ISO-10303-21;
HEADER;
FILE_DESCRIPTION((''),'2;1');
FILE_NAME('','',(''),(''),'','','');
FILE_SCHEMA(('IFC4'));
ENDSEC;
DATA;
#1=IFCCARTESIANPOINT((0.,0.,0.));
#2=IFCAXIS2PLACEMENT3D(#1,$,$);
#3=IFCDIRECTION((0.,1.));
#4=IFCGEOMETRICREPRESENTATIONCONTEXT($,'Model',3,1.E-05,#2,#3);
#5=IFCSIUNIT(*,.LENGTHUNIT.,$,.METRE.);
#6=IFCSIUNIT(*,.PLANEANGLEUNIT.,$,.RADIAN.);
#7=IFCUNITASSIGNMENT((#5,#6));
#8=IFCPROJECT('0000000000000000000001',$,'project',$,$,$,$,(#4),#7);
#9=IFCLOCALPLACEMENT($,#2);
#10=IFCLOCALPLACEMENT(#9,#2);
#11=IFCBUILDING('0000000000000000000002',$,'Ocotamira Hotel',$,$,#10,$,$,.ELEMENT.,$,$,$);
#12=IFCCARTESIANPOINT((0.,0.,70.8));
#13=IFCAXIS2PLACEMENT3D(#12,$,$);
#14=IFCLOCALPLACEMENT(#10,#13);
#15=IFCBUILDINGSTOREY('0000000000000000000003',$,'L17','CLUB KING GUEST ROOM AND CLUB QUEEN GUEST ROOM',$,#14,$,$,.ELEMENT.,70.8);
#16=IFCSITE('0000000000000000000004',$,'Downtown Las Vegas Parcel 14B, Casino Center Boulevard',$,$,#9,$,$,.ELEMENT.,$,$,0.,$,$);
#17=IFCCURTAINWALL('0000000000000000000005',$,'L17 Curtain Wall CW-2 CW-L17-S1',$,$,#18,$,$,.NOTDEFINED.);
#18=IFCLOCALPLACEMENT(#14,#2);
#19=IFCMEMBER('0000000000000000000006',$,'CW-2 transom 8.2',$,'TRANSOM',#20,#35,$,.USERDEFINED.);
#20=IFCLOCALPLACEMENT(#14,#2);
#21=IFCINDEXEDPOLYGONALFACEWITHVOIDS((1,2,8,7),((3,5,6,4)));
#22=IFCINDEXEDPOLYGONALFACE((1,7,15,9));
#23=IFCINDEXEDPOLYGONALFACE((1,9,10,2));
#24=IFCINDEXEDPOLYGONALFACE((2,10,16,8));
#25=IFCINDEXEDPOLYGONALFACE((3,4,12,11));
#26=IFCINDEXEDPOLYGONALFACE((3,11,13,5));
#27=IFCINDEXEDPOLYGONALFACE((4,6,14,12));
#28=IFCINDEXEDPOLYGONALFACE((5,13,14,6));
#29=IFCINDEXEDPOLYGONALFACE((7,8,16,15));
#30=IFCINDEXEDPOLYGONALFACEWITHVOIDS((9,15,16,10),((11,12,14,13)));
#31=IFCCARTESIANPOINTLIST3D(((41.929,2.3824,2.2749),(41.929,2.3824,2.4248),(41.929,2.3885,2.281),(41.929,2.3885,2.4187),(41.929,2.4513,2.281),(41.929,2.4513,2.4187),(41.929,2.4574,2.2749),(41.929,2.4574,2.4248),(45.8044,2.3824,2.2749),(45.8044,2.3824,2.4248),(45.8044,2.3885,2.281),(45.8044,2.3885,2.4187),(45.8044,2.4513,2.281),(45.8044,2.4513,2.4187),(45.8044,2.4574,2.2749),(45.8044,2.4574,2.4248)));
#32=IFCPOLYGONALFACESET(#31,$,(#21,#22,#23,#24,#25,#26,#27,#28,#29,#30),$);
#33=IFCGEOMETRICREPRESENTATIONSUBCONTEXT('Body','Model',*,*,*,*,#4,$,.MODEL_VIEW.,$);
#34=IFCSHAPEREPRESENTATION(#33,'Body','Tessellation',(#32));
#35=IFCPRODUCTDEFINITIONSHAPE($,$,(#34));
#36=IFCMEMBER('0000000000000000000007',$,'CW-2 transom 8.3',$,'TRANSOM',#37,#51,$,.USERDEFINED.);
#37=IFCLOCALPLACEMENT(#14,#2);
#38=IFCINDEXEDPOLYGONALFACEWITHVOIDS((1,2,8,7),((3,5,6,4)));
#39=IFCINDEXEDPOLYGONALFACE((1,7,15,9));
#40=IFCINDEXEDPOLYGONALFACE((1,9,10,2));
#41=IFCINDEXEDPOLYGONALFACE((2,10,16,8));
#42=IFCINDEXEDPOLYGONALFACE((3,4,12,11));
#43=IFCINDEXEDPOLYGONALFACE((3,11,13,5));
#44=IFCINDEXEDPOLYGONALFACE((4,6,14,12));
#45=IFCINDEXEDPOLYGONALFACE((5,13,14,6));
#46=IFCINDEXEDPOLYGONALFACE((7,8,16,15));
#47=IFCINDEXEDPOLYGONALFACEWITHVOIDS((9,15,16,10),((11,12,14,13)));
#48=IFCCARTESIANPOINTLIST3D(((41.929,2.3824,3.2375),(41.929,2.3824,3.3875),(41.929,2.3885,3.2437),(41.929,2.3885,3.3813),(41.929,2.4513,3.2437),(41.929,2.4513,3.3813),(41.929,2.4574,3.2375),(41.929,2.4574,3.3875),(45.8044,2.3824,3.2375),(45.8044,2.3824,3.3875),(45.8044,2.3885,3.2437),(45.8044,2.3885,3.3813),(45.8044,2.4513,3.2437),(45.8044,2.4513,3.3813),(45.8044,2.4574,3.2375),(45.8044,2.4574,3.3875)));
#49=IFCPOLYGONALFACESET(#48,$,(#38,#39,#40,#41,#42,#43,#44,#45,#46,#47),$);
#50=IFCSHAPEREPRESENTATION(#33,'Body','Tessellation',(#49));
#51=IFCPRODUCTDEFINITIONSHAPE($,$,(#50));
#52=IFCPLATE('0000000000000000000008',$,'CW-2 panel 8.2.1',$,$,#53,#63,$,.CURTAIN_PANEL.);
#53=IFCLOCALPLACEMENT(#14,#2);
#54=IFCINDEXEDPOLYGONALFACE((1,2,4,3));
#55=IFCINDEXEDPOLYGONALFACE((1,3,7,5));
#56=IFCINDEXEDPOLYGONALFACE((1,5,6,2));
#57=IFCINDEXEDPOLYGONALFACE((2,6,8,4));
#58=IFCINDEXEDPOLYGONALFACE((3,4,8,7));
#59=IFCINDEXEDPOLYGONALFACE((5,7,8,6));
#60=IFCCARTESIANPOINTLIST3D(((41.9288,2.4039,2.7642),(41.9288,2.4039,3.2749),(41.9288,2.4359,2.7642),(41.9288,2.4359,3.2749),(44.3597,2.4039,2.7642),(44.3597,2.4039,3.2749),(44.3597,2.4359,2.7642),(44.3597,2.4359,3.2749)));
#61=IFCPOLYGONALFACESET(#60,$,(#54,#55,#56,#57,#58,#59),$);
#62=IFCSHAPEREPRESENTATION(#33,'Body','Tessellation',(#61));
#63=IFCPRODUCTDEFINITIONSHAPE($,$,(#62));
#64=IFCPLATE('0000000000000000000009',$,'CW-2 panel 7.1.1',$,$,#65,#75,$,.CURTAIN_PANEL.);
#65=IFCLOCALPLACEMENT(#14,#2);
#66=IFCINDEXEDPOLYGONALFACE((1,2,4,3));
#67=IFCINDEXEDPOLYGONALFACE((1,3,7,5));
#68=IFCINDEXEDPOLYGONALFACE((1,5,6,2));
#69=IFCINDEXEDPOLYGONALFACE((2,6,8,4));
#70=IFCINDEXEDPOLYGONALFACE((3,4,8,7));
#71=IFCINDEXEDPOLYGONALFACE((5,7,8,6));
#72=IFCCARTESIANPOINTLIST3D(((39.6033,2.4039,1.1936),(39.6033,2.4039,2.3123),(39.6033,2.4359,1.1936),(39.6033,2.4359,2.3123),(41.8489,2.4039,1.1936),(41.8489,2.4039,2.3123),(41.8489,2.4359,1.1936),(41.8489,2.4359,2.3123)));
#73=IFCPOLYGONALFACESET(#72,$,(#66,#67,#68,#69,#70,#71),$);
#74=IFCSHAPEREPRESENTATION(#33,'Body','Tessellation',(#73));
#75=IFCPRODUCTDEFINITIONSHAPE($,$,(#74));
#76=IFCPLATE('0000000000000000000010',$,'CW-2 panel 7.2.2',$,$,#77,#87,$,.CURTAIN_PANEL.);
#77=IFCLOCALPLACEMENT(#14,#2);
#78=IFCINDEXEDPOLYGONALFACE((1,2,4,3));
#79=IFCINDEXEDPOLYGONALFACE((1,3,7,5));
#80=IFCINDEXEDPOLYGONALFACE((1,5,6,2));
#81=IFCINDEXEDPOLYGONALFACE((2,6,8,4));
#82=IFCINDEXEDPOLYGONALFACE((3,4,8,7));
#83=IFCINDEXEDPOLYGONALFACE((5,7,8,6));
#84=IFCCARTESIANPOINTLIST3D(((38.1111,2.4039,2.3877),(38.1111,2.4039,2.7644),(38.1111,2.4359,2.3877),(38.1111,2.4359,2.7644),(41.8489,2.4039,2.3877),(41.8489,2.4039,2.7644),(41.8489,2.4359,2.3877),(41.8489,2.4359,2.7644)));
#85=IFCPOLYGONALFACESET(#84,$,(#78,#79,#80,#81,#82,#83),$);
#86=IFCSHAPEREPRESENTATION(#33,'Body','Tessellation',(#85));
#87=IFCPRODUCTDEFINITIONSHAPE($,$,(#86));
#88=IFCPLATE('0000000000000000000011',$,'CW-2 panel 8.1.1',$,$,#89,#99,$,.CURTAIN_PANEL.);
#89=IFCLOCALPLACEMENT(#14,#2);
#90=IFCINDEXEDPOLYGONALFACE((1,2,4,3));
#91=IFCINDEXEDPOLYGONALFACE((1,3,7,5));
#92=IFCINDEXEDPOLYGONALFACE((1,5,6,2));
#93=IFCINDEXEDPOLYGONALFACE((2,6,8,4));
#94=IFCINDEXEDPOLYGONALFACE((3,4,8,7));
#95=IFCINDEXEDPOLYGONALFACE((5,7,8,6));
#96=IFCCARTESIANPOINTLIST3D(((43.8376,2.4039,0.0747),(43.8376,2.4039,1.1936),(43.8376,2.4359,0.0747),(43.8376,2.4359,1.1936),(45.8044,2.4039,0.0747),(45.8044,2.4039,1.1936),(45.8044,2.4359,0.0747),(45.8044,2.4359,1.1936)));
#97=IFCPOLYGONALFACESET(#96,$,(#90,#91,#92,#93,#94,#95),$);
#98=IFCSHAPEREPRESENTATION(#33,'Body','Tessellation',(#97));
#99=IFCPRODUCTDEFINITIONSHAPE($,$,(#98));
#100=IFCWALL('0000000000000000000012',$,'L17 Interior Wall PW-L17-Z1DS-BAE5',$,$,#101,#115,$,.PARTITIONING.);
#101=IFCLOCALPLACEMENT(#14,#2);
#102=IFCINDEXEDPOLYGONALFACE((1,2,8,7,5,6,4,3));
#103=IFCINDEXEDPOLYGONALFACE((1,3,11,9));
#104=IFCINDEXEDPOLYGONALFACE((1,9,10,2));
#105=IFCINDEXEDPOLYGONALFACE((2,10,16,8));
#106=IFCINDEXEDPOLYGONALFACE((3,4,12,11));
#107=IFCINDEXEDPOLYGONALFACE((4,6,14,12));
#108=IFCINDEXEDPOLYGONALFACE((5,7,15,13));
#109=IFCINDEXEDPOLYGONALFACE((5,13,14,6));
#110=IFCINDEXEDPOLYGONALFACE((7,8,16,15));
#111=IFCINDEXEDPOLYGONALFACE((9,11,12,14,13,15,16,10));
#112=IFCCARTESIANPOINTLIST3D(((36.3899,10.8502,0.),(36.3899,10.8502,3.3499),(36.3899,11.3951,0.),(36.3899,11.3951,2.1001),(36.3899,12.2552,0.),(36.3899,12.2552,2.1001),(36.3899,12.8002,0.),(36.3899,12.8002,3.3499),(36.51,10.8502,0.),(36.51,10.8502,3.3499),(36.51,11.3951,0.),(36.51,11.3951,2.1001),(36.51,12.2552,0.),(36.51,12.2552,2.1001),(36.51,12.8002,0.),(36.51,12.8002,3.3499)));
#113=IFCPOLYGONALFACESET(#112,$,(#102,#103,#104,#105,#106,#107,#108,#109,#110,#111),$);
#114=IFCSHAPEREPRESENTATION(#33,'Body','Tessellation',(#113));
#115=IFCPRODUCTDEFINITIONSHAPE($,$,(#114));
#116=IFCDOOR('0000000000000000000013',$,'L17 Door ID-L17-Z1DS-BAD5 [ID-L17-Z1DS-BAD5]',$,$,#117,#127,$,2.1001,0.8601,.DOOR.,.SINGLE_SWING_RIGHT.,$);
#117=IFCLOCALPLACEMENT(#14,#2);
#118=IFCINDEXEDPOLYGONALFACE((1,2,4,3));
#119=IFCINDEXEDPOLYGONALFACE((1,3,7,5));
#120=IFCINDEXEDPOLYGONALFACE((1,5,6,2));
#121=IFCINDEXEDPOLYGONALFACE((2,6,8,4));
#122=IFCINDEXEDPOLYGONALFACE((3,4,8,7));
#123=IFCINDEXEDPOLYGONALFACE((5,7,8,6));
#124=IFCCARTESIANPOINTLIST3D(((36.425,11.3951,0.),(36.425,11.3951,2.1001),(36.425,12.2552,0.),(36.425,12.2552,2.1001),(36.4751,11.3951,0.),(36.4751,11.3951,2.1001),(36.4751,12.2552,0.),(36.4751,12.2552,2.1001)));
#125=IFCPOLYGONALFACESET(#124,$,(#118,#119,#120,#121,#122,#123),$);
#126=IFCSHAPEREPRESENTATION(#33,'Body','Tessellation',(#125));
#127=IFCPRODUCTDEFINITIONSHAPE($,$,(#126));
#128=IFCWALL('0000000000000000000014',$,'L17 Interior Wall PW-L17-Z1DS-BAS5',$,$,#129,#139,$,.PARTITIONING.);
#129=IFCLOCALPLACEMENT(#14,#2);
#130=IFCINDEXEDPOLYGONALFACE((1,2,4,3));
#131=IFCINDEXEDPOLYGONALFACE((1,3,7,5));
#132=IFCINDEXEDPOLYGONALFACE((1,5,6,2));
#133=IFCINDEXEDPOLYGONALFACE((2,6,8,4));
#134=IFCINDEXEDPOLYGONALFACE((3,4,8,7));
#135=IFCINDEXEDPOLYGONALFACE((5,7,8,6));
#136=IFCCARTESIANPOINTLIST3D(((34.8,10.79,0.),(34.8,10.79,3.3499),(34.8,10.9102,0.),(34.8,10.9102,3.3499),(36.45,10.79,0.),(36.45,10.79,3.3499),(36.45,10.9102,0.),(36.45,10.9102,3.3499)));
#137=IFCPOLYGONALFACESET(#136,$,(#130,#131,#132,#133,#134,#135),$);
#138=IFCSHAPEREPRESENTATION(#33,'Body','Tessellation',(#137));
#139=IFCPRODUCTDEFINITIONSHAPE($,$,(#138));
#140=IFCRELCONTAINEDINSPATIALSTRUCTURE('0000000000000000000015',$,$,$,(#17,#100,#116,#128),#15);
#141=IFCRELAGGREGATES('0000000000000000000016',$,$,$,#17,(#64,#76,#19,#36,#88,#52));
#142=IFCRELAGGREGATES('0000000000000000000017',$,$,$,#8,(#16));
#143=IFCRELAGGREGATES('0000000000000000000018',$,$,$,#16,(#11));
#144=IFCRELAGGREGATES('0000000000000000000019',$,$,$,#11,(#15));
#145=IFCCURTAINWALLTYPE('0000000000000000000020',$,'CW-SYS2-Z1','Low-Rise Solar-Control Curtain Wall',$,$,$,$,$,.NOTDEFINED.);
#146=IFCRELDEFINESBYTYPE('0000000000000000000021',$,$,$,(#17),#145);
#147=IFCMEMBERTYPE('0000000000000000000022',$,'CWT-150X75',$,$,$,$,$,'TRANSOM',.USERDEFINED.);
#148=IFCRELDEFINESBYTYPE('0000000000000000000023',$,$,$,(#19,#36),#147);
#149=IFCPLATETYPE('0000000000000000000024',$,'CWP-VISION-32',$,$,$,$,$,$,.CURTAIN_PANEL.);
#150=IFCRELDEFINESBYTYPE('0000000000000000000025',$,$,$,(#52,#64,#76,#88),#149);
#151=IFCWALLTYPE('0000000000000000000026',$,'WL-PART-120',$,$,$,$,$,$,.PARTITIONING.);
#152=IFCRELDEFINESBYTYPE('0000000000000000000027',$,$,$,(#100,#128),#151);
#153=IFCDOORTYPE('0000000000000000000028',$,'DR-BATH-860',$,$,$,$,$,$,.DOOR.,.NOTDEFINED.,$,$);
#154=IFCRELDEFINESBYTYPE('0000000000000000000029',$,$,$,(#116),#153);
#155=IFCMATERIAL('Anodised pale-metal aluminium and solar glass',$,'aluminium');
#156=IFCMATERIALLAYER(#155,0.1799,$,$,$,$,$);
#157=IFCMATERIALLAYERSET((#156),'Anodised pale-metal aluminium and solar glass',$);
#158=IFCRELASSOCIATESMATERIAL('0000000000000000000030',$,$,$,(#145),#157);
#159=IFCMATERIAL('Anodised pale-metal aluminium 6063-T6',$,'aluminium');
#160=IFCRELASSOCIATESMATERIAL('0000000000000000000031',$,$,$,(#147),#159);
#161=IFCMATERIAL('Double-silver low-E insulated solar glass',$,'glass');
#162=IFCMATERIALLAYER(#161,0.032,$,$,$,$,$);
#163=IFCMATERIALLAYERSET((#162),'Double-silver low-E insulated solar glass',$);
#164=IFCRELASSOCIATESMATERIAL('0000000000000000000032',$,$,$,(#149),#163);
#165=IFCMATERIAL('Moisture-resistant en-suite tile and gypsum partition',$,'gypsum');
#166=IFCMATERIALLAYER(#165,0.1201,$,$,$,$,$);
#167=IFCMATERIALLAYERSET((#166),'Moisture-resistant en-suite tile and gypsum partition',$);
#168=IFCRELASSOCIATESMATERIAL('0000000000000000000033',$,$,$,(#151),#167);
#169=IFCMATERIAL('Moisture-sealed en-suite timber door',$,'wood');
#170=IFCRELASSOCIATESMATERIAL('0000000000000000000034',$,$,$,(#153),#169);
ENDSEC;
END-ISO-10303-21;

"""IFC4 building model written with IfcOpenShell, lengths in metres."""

from ifc_helpers import new_model, si_unit, direction, frame, frame_2d, origin, origin_2d, place, context, subcontext, project, spatial, rectangle, hollow_rectangle, extrude, source, transform, mapped, material, layer, layer_set, material_profile, profile_set, type_object, element, fill, aggregate, save


model = new_model("IFC4")

# Units and contexts
model_context = context("Model", 3, precision=1e-05, world=origin(), true_north=direction((0.0, 1.0)))
body_context = subcontext(model_context, "Body", "Model", "MODEL_VIEW")
ifc_project = project(units=[si_unit("LENGTHUNIT", "METRE"), si_unit("PLANEANGLEUNIT", "RADIAN")], contexts=[model_context])

# Site, building, storey
site_placement = place(None, origin())
site = spatial("IfcSite", under=ifc_project, at=site_placement, Name="Downtown Las Vegas Parcel 14B, Casino Center Boulevard", CompositionType="ELEMENT", RefElevation=0.0)
building_placement = place(site_placement, origin())
building = spatial("IfcBuilding", under=site, at=building_placement, Name="Ocotamira Hotel", CompositionType="ELEMENT")
storey_placement = place(building_placement, frame((0.0, 0.0, 70.8)))
storey = spatial("IfcBuildingStorey", under=building, at=storey_placement, Name="L17", Description="CLUB KING GUEST ROOM AND CLUB QUEEN GUEST ROOM", CompositionType="ELEMENT", Elevation=70.8)

# Curtain wall, members, plates
ifc_material_1 = material(Name="Anodised pale-metal aluminium and solar glass", Category="aluminium")
ifc_layer_1 = layer(ifc_material_1, 0.1799)
ifc_layer_set_1 = layer_set([ifc_layer_1], Name="Anodised pale-metal aluminium and solar glass")
curtain_wall_type = type_object("IfcCurtainWallType", Name="CW-SYS2-Z1", Description="Low-Rise Solar-Control Curtain Wall", PredefinedType="NOTDEFINED", material=ifc_layer_set_1)
curtain_wall_placement = place(storey_placement, origin())
curtain_wall = element("IfcCurtainWall", 1, at=curtain_wall_placement, inside=storey, type_object=curtain_wall_type, Name="L17 Curtain Wall CW-2 CW-L17-S1", PredefinedType="NOTDEFINED")
ifc_material_2 = material(Name="Anodised pale-metal aluminium 6063-T6", Category="aluminium")
ifc_material_profile_1 = material_profile(ifc_material_2, hollow_rectangle(XDim=0.075, YDim=0.1499, WallThickness=0.0061, at=origin_2d()), Name="HSS150X75X6")
ifc_profile_set_1 = profile_set([ifc_material_profile_1], Name="Anodised pale-metal aluminium 6063-T6")
member_type_1 = type_object("IfcMemberType", Name="CWT-150X75", ElementType="TRANSOM", PredefinedType="USERDEFINED", material=ifc_profile_set_1)
shared_shape_1 = source(origin(), body_context, "Body", "SweptSolid", [
    extrude(hollow_rectangle(XDim=0.075, YDim=0.1499, WallThickness=0.0061, at=origin_2d()), origin(), (0.0, 0.0, 1.0), 3.8755),
])
member_1_placement = place(storey_placement, frame((41.929, 2.4199, 2.3499), z_axis=(1.0, 0.0, 0.0), x_axis=(0.0, 1.0, 0.0)))
member_1 = element("IfcMember", 2, at=member_1_placement, type_object=member_type_1, Name="CW-2 transom 8.2", ObjectType="TRANSOM", PredefinedType="USERDEFINED", context=body_context, shape_type="MappedRepresentation", body=[
    mapped(shared_shape_1, transform((0.0, 0.0, 0.0), scale=1.0)),
])
member_2_placement = place(storey_placement, frame((41.929, 2.4199, 3.3125), z_axis=(1.0, 0.0, 0.0), x_axis=(0.0, 1.0, 0.0)))
member_2 = element("IfcMember", 3, at=member_2_placement, type_object=member_type_1, Name="CW-2 transom 8.3", ObjectType="TRANSOM", PredefinedType="USERDEFINED", context=body_context, shape_type="MappedRepresentation", body=[
    mapped(shared_shape_1, transform((0.0, 0.0, 0.0), scale=1.0)),
])
ifc_material_3 = material(Name="Double-silver low-E insulated solar glass", Category="glass")
ifc_layer_2 = layer(ifc_material_3, 0.032)
ifc_layer_set_2 = layer_set([ifc_layer_2], Name="Double-silver low-E insulated solar glass")
plate_type = type_object("IfcPlateType", Name="CWP-VISION-32", PredefinedType="CURTAIN_PANEL", material=ifc_layer_set_2)
shared_shape_2 = source(origin(), body_context, "Body", "SweptSolid", [
    extrude(rectangle(XDim=2.4309, YDim=0.032, at=origin_2d()), origin(), (0.0, 0.0, 1.0), 0.5107),
])
plate_1_placement = place(storey_placement, frame((43.1443, 2.4199, 2.7642), z_axis=(0.0, 0.0, 1.0), x_axis=(1.0, 0.0, 0.0)))
plate_1 = element("IfcPlate", 4, at=plate_1_placement, type_object=plate_type, Name="CW-2 panel 8.2.1", PredefinedType="CURTAIN_PANEL", context=body_context, shape_type="MappedRepresentation", body=[
    mapped(shared_shape_2, transform((0.0, 0.0, 0.0), scale=1.0)),
])
shared_shape_3 = source(origin(), body_context, "Body", "SweptSolid", [
    extrude(rectangle(XDim=2.2456, YDim=0.032, at=origin_2d()), origin(), (0.0, 0.0, 1.0), 1.1187),
])
plate_2_placement = place(storey_placement, frame((40.7261, 2.4199, 1.1936), z_axis=(0.0, 0.0, 1.0), x_axis=(1.0, 0.0, 0.0)))
plate_2 = element("IfcPlate", 5, at=plate_2_placement, type_object=plate_type, Name="CW-2 panel 7.1.1", PredefinedType="CURTAIN_PANEL", context=body_context, shape_type="MappedRepresentation", body=[
    mapped(shared_shape_3, transform((0.0, 0.0, 0.0), scale=1.0)),
])
shared_shape_4 = source(origin(), body_context, "Body", "SweptSolid", [
    extrude(rectangle(XDim=3.7378, YDim=0.032, at=origin_2d()), origin(), (0.0, 0.0, 1.0), 0.3767),
])
plate_3_placement = place(storey_placement, frame((39.98, 2.4199, 2.3877), z_axis=(0.0, 0.0, 1.0), x_axis=(1.0, 0.0, 0.0)))
plate_3 = element("IfcPlate", 6, at=plate_3_placement, type_object=plate_type, Name="CW-2 panel 7.2.2", PredefinedType="CURTAIN_PANEL", context=body_context, shape_type="MappedRepresentation", body=[
    mapped(shared_shape_4, transform((0.0, 0.0, 0.0), scale=1.0)),
])
shared_shape_5 = source(origin(), body_context, "Body", "SweptSolid", [
    extrude(rectangle(XDim=1.9668, YDim=0.032, at=origin_2d()), origin(), (0.0, 0.0, 1.0), 1.1189),
])
plate_4_placement = place(storey_placement, frame((44.821, 2.4199, 0.0747), z_axis=(0.0, 0.0, 1.0), x_axis=(1.0, 0.0, 0.0)))
plate_4 = element("IfcPlate", 7, at=plate_4_placement, type_object=plate_type, Name="CW-2 panel 8.1.1", PredefinedType="CURTAIN_PANEL", context=body_context, shape_type="MappedRepresentation", body=[
    mapped(shared_shape_5, transform((0.0, 0.0, 0.0), scale=1.0)),
])
aggregate(curtain_wall, [plate_2, plate_3, member_1, member_2, plate_4, plate_1])

# Wall, opening, door
ifc_material_4 = material(Name="Moisture-resistant en-suite tile and gypsum partition", Category="gypsum")
ifc_layer_3 = layer(ifc_material_4, 0.1201)
ifc_layer_set_3 = layer_set([ifc_layer_3], Name="Moisture-resistant en-suite tile and gypsum partition")
wall_type = type_object("IfcWallType", Name="WL-PART-120", PredefinedType="PARTITIONING", material=ifc_layer_set_3)
wall_1_placement = place(storey_placement, frame((36.45, 10.8501, 0.0), z_axis=(0.0, 0.0, 1.0), x_axis=(0.0, 1.0, 0.0)))
wall_1 = element("IfcWall", 8, at=wall_1_placement, inside=storey, type_object=wall_type, Name="L17 Interior Wall PW-L17-Z1DS-BAE5", PredefinedType="PARTITIONING", context=body_context, shape_type="SweptSolid", body=[
    extrude(rectangle(XDim=1.95, YDim=0.1201, at=frame_2d((0.9751, 0.0))), origin(), (0.0, 0.0, 1.0), 3.3499),
])
opening_placement = place(wall_1_placement, frame((0.5449, 0.0, 0.0)))
opening = element("IfcOpeningElement", 9, at=opening_placement, cuts=wall_1, PredefinedType="OPENING", context=body_context, shape_type="SweptSolid", body=[
    extrude(rectangle(XDim=0.8601, YDim=2.1001, at=frame_2d((0.4302, 1.05))), frame((0.0, 0.0701, 0.0), z_axis=(0.0, -1.0, 0.0), x_axis=(1.0, 0.0, 0.0)), (0.0, 0.0, 1.0), 0.1401),
])
ifc_material_5 = material(Name="Moisture-sealed en-suite timber door", Category="wood")
door_type = type_object("IfcDoorType", Name="DR-BATH-860", OperationType="NOTDEFINED", PredefinedType="DOOR", material=ifc_material_5)
shared_shape_6 = source(origin(), body_context, "Body", "SweptSolid", [
    extrude(rectangle(XDim=0.8601, YDim=2.1001, at=frame_2d((0.4302, 1.05))), frame((0.0, 0.0249, 0.0), z_axis=(0.0, -1.0, 0.0), x_axis=(1.0, 0.0, 0.0)), (0.0, 0.0, 1.0), 0.05),
])
door_placement = place(opening_placement, origin())
door = element("IfcDoor", 10, at=door_placement, inside=storey, type_object=door_type, Name="L17 Door ID-L17-Z1DS-BAD5 [ID-L17-Z1DS-BAD5]", OperationType="SINGLE_SWING_RIGHT", OverallHeight=2.1001, OverallWidth=0.8601, PredefinedType="DOOR", context=body_context, shape_type="MappedRepresentation", body=[
    mapped(shared_shape_6, transform((0.0, 0.0, 0.0), scale=1.0)),
])
fill(opening, door)

# Wall
wall_2_placement = place(storey_placement, frame((34.8, 10.8501, 0.0), z_axis=(0.0, 0.0, 1.0), x_axis=(1.0, 0.0, 0.0)))
element("IfcWall", 11, at=wall_2_placement, inside=storey, type_object=wall_type, Name="L17 Interior Wall PW-L17-Z1DS-BAS5", PredefinedType="PARTITIONING", context=body_context, shape_type="SweptSolid", body=[
    extrude(rectangle(XDim=1.6499, YDim=0.1201, at=frame_2d((0.825, 0.0))), origin(), (0.0, 0.0, 1.0), 3.3499),
])

save(model, "model.ifc")
